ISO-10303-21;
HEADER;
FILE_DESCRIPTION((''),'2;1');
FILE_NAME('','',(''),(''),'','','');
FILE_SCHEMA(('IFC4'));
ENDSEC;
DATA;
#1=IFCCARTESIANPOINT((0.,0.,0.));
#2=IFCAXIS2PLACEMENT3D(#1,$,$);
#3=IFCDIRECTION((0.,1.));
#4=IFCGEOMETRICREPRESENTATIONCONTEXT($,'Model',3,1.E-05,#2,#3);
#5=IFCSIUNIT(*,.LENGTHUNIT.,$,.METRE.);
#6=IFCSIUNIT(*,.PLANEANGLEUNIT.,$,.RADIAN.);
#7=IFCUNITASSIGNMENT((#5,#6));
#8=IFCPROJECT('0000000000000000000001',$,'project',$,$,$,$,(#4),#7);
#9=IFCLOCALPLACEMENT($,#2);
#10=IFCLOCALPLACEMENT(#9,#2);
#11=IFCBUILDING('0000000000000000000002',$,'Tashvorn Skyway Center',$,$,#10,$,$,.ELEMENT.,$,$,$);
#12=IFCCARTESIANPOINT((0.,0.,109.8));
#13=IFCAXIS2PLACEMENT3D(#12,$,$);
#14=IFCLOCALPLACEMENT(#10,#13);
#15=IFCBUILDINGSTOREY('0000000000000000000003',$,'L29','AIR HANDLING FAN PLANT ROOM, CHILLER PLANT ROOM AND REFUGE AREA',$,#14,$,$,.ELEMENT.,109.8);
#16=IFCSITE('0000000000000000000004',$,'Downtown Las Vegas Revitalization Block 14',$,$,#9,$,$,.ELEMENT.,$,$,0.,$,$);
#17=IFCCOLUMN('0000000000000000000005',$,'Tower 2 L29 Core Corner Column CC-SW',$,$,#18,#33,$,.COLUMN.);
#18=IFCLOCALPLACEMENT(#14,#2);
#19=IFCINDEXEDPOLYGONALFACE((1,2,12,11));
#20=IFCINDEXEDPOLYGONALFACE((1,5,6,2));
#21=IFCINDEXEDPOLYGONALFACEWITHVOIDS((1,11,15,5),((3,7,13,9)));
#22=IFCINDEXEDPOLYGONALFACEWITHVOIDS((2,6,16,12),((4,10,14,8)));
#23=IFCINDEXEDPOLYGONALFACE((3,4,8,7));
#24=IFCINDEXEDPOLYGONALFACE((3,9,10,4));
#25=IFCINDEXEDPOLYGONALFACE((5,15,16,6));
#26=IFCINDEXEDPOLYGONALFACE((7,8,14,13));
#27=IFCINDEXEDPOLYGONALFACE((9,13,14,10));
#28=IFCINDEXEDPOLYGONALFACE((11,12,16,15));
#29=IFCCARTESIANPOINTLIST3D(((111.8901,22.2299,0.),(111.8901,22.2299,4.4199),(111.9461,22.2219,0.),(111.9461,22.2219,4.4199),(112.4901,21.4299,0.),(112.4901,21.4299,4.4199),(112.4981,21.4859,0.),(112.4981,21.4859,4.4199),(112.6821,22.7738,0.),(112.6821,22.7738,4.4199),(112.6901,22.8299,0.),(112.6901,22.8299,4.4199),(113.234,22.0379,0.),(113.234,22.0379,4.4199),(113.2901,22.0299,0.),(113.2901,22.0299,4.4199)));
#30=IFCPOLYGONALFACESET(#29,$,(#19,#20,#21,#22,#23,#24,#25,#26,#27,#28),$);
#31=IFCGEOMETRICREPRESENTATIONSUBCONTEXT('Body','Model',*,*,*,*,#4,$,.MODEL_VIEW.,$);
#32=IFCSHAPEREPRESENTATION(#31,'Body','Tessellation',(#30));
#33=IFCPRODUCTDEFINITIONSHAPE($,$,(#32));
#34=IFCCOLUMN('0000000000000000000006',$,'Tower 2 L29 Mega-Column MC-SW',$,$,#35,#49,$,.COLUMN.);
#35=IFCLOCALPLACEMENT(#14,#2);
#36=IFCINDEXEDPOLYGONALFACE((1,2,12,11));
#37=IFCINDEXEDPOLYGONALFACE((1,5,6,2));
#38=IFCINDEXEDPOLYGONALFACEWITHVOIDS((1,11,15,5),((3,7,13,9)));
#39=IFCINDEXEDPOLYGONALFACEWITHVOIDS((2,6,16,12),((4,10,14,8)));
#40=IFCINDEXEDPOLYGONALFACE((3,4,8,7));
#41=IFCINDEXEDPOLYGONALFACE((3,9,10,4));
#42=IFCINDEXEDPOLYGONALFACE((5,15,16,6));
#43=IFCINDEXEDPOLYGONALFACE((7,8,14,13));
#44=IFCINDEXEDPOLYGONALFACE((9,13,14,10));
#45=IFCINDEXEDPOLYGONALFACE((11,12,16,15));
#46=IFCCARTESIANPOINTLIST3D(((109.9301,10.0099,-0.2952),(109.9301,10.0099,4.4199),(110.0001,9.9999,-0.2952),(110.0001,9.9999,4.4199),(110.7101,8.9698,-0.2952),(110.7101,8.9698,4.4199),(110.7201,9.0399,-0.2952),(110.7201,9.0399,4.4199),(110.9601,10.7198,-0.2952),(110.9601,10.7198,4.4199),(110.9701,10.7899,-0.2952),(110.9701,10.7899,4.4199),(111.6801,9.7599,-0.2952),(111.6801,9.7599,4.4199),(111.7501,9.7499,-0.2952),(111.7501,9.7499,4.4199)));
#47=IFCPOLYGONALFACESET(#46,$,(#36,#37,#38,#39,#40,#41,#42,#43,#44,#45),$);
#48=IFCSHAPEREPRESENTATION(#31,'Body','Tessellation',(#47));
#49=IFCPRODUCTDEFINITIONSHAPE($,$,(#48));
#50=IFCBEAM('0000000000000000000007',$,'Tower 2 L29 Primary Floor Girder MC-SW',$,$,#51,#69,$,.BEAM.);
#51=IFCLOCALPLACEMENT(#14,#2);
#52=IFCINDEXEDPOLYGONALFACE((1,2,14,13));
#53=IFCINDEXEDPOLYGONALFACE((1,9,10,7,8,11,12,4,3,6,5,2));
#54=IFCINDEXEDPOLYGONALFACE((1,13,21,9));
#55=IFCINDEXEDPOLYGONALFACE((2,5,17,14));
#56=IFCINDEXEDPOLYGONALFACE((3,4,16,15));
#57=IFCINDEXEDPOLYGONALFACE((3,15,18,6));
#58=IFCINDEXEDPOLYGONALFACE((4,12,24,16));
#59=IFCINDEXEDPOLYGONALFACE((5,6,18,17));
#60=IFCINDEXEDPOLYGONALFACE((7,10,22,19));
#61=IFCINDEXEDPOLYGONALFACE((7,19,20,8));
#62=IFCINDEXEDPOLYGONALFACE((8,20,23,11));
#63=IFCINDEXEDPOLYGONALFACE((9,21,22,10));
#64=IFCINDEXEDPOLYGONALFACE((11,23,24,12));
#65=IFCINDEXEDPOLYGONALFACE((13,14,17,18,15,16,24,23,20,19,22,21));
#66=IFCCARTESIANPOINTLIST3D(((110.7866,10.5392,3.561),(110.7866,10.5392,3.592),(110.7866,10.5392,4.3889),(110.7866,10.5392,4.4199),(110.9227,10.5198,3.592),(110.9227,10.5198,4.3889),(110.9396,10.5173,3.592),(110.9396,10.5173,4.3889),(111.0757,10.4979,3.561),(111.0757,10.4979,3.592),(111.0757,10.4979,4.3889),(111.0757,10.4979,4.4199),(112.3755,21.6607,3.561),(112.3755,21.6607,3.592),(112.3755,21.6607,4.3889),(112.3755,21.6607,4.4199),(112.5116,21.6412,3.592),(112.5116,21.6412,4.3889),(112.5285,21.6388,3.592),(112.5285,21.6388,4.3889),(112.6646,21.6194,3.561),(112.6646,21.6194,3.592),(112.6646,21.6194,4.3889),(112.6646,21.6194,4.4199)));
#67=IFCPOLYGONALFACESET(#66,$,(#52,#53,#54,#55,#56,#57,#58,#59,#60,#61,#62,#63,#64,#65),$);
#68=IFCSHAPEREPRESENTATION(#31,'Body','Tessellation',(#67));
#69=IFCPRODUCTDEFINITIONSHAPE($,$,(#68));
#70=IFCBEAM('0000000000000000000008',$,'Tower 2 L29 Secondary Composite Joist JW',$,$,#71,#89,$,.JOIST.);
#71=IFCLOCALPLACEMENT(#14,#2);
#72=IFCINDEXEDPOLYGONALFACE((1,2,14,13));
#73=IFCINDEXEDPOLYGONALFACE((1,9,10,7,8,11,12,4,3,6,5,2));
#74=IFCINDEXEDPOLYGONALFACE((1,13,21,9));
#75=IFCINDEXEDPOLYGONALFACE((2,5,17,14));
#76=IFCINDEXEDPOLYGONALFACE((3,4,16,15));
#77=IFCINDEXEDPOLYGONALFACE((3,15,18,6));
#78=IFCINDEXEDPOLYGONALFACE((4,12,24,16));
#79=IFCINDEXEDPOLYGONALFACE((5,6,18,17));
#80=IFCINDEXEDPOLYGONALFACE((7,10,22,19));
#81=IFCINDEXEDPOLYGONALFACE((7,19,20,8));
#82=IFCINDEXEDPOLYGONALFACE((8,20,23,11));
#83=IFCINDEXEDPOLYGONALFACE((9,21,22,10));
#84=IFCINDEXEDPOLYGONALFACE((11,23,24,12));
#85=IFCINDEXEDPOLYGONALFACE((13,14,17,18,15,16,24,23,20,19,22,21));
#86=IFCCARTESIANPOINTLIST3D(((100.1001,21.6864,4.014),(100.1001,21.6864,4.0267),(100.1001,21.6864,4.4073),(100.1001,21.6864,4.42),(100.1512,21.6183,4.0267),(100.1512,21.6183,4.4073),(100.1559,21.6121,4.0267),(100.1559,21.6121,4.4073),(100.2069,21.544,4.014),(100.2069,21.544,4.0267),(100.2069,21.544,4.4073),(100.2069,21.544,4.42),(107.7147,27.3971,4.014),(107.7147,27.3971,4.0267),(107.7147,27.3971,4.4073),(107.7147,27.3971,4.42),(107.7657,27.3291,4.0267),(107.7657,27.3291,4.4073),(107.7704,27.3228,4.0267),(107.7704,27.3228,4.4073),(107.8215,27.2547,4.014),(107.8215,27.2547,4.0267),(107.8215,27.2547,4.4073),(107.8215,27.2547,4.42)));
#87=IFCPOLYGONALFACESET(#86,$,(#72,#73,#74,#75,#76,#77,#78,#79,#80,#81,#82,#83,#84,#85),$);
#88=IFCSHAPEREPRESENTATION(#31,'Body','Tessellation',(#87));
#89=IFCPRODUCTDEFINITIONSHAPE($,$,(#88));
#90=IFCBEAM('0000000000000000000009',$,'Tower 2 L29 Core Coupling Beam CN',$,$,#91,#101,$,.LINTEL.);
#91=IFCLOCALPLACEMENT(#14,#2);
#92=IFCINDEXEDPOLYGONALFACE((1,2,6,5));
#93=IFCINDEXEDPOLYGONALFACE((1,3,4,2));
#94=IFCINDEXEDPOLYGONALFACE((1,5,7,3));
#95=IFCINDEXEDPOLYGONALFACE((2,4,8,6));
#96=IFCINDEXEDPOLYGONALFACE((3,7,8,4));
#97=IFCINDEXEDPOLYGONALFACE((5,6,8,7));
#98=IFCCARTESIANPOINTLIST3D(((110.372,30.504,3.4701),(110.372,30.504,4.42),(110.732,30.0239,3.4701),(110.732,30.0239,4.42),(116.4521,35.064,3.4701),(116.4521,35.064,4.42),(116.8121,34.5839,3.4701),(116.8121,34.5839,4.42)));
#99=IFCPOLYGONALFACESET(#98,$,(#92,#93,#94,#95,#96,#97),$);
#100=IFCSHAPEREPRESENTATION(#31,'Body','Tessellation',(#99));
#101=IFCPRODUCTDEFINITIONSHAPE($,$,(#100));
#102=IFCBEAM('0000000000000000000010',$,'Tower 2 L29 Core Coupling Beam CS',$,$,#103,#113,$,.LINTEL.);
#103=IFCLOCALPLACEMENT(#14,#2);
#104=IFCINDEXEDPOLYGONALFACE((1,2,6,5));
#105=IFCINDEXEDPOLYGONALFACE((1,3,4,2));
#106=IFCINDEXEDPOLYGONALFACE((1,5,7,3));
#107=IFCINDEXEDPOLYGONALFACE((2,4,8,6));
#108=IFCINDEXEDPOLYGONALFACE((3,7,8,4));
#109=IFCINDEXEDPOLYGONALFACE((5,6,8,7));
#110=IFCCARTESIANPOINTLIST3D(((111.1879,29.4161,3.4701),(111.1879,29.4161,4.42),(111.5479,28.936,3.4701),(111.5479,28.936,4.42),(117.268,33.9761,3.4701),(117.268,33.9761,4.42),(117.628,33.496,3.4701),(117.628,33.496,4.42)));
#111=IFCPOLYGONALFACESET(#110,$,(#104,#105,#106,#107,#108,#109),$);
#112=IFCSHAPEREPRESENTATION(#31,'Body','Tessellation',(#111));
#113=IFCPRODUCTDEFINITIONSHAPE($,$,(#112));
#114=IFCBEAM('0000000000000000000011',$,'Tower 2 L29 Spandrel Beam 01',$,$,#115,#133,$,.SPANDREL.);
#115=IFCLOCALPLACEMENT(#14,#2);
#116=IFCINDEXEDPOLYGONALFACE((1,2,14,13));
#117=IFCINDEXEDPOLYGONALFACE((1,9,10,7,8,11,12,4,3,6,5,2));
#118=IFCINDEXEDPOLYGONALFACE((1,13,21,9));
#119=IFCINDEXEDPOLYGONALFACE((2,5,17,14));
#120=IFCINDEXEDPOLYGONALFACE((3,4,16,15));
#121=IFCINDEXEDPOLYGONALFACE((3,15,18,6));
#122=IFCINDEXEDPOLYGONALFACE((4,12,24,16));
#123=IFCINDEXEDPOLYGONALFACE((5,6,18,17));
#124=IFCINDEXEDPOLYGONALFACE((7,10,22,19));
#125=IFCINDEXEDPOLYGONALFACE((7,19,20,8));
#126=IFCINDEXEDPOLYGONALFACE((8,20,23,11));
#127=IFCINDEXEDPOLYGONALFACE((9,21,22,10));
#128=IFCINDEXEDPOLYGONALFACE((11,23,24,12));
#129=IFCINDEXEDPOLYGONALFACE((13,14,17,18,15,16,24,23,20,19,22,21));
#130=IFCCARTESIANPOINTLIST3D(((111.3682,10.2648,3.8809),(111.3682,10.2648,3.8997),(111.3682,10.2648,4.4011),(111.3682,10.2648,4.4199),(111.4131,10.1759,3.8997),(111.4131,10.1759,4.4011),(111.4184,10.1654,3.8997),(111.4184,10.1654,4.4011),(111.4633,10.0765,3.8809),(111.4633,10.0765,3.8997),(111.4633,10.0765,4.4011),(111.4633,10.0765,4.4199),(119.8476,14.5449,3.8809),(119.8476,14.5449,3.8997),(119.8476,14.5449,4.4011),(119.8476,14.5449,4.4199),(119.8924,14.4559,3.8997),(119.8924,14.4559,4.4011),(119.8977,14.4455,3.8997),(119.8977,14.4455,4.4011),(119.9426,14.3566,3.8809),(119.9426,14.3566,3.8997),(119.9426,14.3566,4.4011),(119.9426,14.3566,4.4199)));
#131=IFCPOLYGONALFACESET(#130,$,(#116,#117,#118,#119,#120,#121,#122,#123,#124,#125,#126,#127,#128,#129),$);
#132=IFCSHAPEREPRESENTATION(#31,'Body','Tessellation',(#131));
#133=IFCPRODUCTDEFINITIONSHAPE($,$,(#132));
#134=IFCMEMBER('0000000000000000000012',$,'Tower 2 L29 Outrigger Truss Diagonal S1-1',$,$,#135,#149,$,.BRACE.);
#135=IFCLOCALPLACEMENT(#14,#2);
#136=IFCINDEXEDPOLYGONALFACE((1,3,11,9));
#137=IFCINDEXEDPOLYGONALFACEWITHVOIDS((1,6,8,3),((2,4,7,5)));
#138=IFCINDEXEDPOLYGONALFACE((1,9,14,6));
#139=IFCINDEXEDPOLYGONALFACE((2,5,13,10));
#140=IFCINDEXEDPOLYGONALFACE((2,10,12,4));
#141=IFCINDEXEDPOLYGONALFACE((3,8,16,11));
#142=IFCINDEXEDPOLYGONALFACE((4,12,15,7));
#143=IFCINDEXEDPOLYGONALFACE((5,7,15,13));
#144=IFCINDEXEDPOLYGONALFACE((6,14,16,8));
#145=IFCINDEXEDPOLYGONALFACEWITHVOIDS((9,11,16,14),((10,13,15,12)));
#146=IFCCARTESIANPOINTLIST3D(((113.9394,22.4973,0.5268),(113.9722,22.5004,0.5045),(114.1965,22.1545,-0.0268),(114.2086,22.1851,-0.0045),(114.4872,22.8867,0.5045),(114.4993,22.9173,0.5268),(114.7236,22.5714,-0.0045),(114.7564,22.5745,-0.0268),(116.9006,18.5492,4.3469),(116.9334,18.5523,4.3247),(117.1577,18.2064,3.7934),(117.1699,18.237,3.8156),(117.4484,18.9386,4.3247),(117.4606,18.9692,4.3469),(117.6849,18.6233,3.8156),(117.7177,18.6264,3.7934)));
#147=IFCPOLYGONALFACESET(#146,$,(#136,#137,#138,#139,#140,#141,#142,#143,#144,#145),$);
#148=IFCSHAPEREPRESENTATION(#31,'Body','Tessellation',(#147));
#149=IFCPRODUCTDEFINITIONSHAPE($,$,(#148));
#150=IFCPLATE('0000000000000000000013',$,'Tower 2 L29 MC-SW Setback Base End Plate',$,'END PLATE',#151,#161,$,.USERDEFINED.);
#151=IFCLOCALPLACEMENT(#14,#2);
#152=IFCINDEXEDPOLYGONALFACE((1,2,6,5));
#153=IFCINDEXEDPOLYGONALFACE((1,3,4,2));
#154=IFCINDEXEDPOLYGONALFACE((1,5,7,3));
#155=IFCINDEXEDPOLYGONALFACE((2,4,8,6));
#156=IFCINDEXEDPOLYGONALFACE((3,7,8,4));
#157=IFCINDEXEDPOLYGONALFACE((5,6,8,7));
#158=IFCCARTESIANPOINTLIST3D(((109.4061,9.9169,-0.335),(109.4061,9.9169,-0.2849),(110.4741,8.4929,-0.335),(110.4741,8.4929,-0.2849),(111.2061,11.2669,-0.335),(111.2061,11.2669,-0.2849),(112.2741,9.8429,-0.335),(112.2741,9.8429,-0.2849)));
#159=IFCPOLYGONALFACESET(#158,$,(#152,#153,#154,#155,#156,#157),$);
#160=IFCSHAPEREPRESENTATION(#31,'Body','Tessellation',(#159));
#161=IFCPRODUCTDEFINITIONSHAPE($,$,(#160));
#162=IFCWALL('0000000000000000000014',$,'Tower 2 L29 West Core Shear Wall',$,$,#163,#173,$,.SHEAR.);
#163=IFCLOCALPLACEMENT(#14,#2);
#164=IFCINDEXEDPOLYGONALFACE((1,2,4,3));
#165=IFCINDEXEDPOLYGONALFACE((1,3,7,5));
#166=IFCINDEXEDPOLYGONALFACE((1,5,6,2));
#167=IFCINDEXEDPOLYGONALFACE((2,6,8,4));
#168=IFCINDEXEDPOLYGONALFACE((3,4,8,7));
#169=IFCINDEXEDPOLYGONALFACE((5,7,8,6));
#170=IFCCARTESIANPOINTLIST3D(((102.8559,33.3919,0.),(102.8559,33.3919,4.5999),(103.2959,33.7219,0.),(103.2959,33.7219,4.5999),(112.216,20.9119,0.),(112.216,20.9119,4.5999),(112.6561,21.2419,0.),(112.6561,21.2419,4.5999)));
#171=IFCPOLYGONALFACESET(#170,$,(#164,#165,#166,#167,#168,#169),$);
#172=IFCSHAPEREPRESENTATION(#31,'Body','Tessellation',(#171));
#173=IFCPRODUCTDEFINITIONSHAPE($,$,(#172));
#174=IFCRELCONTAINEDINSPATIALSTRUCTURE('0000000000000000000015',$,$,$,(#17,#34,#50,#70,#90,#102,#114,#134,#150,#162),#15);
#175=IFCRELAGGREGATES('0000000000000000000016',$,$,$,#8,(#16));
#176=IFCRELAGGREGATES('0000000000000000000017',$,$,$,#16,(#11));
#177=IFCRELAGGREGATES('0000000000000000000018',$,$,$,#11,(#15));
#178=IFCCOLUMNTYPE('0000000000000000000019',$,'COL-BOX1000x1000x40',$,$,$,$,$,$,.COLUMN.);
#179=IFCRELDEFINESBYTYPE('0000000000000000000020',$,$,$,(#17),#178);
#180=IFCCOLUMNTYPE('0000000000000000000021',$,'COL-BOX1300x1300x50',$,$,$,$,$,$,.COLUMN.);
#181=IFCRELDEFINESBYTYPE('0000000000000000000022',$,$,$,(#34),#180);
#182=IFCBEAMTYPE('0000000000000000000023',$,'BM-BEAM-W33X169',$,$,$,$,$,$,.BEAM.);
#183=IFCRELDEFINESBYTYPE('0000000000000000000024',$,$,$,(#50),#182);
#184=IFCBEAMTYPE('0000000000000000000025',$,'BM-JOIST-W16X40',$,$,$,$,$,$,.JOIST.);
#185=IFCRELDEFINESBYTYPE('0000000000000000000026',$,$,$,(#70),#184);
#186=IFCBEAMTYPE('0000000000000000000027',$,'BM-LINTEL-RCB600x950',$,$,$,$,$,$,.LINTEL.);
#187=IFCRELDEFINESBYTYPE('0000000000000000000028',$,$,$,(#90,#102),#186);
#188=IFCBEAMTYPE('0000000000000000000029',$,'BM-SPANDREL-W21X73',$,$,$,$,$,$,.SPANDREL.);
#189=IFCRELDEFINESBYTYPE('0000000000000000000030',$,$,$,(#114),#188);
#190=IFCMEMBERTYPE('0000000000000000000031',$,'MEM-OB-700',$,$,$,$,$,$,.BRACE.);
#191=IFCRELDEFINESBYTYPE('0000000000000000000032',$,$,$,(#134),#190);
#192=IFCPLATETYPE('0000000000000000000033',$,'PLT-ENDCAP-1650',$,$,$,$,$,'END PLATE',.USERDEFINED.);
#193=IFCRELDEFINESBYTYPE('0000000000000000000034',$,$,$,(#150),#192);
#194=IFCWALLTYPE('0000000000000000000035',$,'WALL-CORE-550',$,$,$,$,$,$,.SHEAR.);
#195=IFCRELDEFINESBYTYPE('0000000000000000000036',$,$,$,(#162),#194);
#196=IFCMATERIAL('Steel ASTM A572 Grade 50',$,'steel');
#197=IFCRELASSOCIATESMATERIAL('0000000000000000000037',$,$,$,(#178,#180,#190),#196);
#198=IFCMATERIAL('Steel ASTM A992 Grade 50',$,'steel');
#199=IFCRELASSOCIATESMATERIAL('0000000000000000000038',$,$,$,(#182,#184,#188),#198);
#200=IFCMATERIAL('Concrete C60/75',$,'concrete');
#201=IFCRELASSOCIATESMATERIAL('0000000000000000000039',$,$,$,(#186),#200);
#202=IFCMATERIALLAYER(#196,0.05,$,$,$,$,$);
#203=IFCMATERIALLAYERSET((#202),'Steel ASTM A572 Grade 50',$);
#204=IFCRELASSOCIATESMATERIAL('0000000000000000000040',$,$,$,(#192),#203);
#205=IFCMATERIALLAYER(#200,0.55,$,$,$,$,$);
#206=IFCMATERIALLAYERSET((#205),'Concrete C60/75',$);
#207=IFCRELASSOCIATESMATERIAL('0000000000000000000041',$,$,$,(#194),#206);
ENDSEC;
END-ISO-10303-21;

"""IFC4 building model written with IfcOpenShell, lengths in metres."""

from ifc_helpers import new_model, si_unit, direction, frame, frame_2d, origin, origin_2d, place, context, subcontext, project, spatial, rectangle, hollow_rectangle, i_section, extrude, material, layer, layer_set, material_profile, profile_set, type_object, element, save


model = new_model("IFC4")

# Units and contexts
model_context = context("Model", 3, precision=1e-05, world=origin(), true_north=direction((0.0, 1.0)))
body_context = subcontext(model_context, "Body", "Model", "MODEL_VIEW")
ifc_project = project(units=[si_unit("LENGTHUNIT", "METRE"), si_unit("PLANEANGLEUNIT", "RADIAN")], contexts=[model_context])

# Site, building, storey
site_placement = place(None, origin())
site = spatial("IfcSite", under=ifc_project, at=site_placement, Name="Downtown Las Vegas Revitalization Block 14", CompositionType="ELEMENT", RefElevation=0.0)
building_placement = place(site_placement, origin())
building = spatial("IfcBuilding", under=site, at=building_placement, Name="Tashvorn Skyway Center", CompositionType="ELEMENT")
storey_placement = place(building_placement, frame((0.0, 0.0, 109.8)))
storey = spatial("IfcBuildingStorey", under=building, at=storey_placement, Name="L29", Description="AIR HANDLING FAN PLANT ROOM, CHILLER PLANT ROOM AND REFUGE AREA", CompositionType="ELEMENT", Elevation=109.8)

# Columns
ifc_material_1 = material(Name="Steel ASTM A572 Grade 50", Category="steel")
ifc_material_profile_1 = material_profile(ifc_material_1, hollow_rectangle(XDim=1.0, YDim=1.0, WallThickness=0.04, at=origin_2d()), Name="BOX1000x1000x40")
ifc_profile_set_1 = profile_set([ifc_material_profile_1], Name="Steel ASTM A572 Grade 50")
column_type_1 = type_object("IfcColumnType", Name="COL-BOX1000x1000x40", PredefinedType="COLUMN", material=ifc_profile_set_1)
column_1_placement = place(storey_placement, frame((112.5901, 22.1299, 0.0), z_axis=(0.0, 0.0, 1.0), x_axis=(0.8, 0.6, 0.0)))
element("IfcColumn", 1, at=column_1_placement, inside=storey, type_object=column_type_1, Name="Tower 2 L29 Core Corner Column CC-SW", PredefinedType="COLUMN", context=body_context, shape_type="SweptSolid", body=[
    extrude(hollow_rectangle(XDim=1.0, YDim=1.0, WallThickness=0.04, at=origin_2d()), origin(), (0.0, 0.0, 1.0), 4.4199),
])
ifc_material_profile_2 = material_profile(ifc_material_1, hollow_rectangle(XDim=1.3, YDim=1.3, WallThickness=0.05, at=origin_2d()), Name="BOX1300x1300x50")
ifc_profile_set_2 = profile_set([ifc_material_profile_2], Name="Steel ASTM A572 Grade 50")
column_type_2 = type_object("IfcColumnType", Name="COL-BOX1300x1300x50", PredefinedType="COLUMN", material=ifc_profile_set_2)
column_2_placement = place(storey_placement, frame((110.8401, 9.8799, -0.2952), z_axis=(0.0, 0.0, 1.0), x_axis=(0.8, 0.6, 0.0)))
element("IfcColumn", 2, at=column_2_placement, inside=storey, type_object=column_type_2, Name="Tower 2 L29 Mega-Column MC-SW", PredefinedType="COLUMN", context=body_context, shape_type="SweptSolid", body=[
    extrude(hollow_rectangle(XDim=1.3, YDim=1.3, WallThickness=0.05, at=origin_2d()), origin(), (0.0, 0.0, 1.0), 4.7151),
])

# Beams
ifc_material_2 = material(Name="Steel ASTM A992 Grade 50", Category="steel")
ifc_material_profile_3 = material_profile(ifc_material_2, i_section(OverallWidth=0.292, OverallDepth=0.8589, WebThickness=0.0171, FlangeThickness=0.031, at=origin_2d()), Name="W33X169")
ifc_profile_set_3 = profile_set([ifc_material_profile_3], Name="Steel ASTM A992 Grade 50")
beam_type_1 = type_object("IfcBeamType", Name="BM-BEAM-W33X169", PredefinedType="BEAM", material=ifc_profile_set_3)
beam_1_placement = place(storey_placement, frame((110.9312, 10.5186, 3.9905), z_axis=(0.14143, 0.989948, 0.0), x_axis=(-0.989948, 0.14143, 0.0)))
element("IfcBeam", 3, at=beam_1_placement, inside=storey, type_object=beam_type_1, Name="Tower 2 L29 Primary Floor Girder MC-SW", PredefinedType="BEAM", context=body_context, shape_type="SweptSolid", body=[
    extrude(i_section(OverallWidth=0.292, OverallDepth=0.8589, WebThickness=0.0171, FlangeThickness=0.031, at=origin_2d()), origin(), (0.0, 0.0, 1.0), 11.2344),
])
ifc_material_profile_4 = material_profile(ifc_material_2, i_section(OverallWidth=0.178, OverallDepth=0.406, WebThickness=0.0078, FlangeThickness=0.0127, at=origin_2d()), Name="W16X40")
ifc_profile_set_4 = profile_set([ifc_material_profile_4], Name="Steel ASTM A992 Grade 50")
beam_type_2 = type_object("IfcBeamType", Name="BM-JOIST-W16X40", PredefinedType="JOIST", material=ifc_profile_set_4)
beam_2_placement = place(storey_placement, frame((107.7681, 27.3259, 4.217), z_axis=(-0.800009, -0.599988, 0.0), x_axis=(0.599988, -0.800009, 0.0)))
element("IfcBeam", 4, at=beam_2_placement, inside=storey, type_object=beam_type_2, Name="Tower 2 L29 Secondary Composite Joist JW", PredefinedType="JOIST", context=body_context, shape_type="SweptSolid", body=[
    extrude(i_section(OverallWidth=0.178, OverallDepth=0.406, WebThickness=0.0078, FlangeThickness=0.0127, at=origin_2d()), origin(), (0.0, 0.0, 1.0), 9.5181),
])
ifc_material_3 = material(Name="Concrete C60/75", Category="concrete")
ifc_material_profile_5 = material_profile(ifc_material_3, rectangle(XDim=0.6001, YDim=0.95, at=origin_2d()), Name="RCB600x950")
ifc_profile_set_5 = profile_set([ifc_material_profile_5], Name="Concrete C60/75")
beam_type_3 = type_object("IfcBeamType", Name="BM-LINTEL-RCB600x950", PredefinedType="LINTEL", material=ifc_profile_set_5)
for number, where, z_axis, x_axis, name in (
    (5, (110.552, 30.2639, 3.9451), (0.8, 0.6, 0.0), (-0.6, 0.8, 0.0), "Tower 2 L29 Core Coupling Beam CN"),
    (6, (111.3679, 29.176, 3.9451), (0.8, 0.6, 0.0), (-0.6, 0.8, 0.0), "Tower 2 L29 Core Coupling Beam CS"),
):
    element("IfcBeam", number, at=place(storey_placement, frame(where, z_axis=z_axis, x_axis=x_axis)), inside=storey, type_object=beam_type_3, Name=name, PredefinedType="LINTEL", context=body_context, shape_type="SweptSolid", body=[
        extrude(rectangle(XDim=0.6001, YDim=0.95, at=origin_2d()), origin(), (0.0, 0.0, 1.0), 7.6001),
    ])
ifc_material_profile_6 = material_profile(ifc_material_2, i_section(OverallWidth=0.2109, OverallDepth=0.5391, WebThickness=0.0117, FlangeThickness=0.0188, at=origin_2d()), Name="W21X73")
ifc_profile_set_6 = profile_set([ifc_material_profile_6], Name="Steel ASTM A992 Grade 50")
beam_type_4 = type_object("IfcBeamType", Name="BM-SPANDREL-W21X73", PredefinedType="SPANDREL", material=ifc_profile_set_6)
beam_3_placement = place(storey_placement, frame((111.4158, 10.1707, 4.1504), z_axis=(0.892719, 0.450614, 0.0), x_axis=(-0.450614, 0.892719, 0.0)))
element("IfcBeam", 7, at=beam_3_placement, inside=storey, type_object=beam_type_4, Name="Tower 2 L29 Spandrel Beam 01", PredefinedType="SPANDREL", context=body_context, shape_type="SweptSolid", body=[
    extrude(i_section(OverallWidth=0.2109, OverallDepth=0.5391, WebThickness=0.0117, FlangeThickness=0.0188, at=origin_2d()), origin(), (0.0, 0.0, 1.0), 9.4983),
])

# Member
ifc_material_profile_7 = material_profile(ifc_material_1, hollow_rectangle(XDim=0.7, YDim=0.7, WallThickness=0.0281, at=origin_2d()), Name="BOX700x700x28")
ifc_profile_set_7 = profile_set([ifc_material_profile_7], Name="Steel ASTM A572 Grade 50")
member_type = type_object("IfcMemberType", Name="MEM-OB-700", PredefinedType="BRACE", material=ifc_profile_set_7)
member_placement = place(storey_placement, frame((114.3479, 22.5359, 0.25), z_axis=(0.474484, -0.632606, 0.612107), x_axis=(0.799982, 0.600024, 0.0)))
element("IfcMember", 8, at=member_placement, inside=storey, type_object=member_type, Name="Tower 2 L29 Outrigger Truss Diagonal S1-1", PredefinedType="BRACE", context=body_context, shape_type="SweptSolid", body=[
    extrude(hollow_rectangle(XDim=0.7, YDim=0.7, WallThickness=0.0281, at=origin_2d()), origin(), (0.0, 0.0, 1.0), 6.241),
])

# Plate
ifc_layer_1 = layer(ifc_material_1, 0.05)
ifc_layer_set_1 = layer_set([ifc_layer_1], Name="Steel ASTM A572 Grade 50")
plate_type = type_object("IfcPlateType", Name="PLT-ENDCAP-1650", ElementType="END PLATE", PredefinedType="USERDEFINED", material=ifc_layer_set_1)
plate_placement = place(storey_placement, frame((110.8401, 9.8799, -0.335), z_axis=(0.0, 0.0, 1.0), x_axis=(0.8, 0.6, 0.0)))
element("IfcPlate", 9, at=plate_placement, inside=storey, type_object=plate_type, Name="Tower 2 L29 MC-SW Setback Base End Plate", ObjectType="END PLATE", PredefinedType="USERDEFINED", context=body_context, shape_type="SweptSolid", body=[
    extrude(rectangle(XDim=2.25, YDim=1.78, at=origin_2d()), origin(), (0.0, 0.0, 1.0), 0.05),
])

# Wall
ifc_layer_2 = layer(ifc_material_3, 0.55)
ifc_layer_set_2 = layer_set([ifc_layer_2], Name="Concrete C60/75")
wall_type_1 = type_object("IfcWallType", Name="WALL-CORE-550", PredefinedType="SHEAR", material=ifc_layer_set_2)
wall_1_placement = place(storey_placement, frame((112.436, 21.0769, 0.0), z_axis=(0.0, 0.0, 1.0), x_axis=(-0.600005, 0.799996, 0.0)))
element("IfcWall", 10, at=wall_1_placement, inside=storey, type_object=wall_type_1, Name="Tower 2 L29 West Core Shear Wall", PredefinedType="SHEAR", context=body_context, shape_type="SweptSolid", body=[
    extrude(rectangle(XDim=15.6001, YDim=0.55, at=frame_2d((7.8, 0.0))), origin(), (0.0, 0.0, 1.0), 4.5999),
])

save(model, "model.ifc")
